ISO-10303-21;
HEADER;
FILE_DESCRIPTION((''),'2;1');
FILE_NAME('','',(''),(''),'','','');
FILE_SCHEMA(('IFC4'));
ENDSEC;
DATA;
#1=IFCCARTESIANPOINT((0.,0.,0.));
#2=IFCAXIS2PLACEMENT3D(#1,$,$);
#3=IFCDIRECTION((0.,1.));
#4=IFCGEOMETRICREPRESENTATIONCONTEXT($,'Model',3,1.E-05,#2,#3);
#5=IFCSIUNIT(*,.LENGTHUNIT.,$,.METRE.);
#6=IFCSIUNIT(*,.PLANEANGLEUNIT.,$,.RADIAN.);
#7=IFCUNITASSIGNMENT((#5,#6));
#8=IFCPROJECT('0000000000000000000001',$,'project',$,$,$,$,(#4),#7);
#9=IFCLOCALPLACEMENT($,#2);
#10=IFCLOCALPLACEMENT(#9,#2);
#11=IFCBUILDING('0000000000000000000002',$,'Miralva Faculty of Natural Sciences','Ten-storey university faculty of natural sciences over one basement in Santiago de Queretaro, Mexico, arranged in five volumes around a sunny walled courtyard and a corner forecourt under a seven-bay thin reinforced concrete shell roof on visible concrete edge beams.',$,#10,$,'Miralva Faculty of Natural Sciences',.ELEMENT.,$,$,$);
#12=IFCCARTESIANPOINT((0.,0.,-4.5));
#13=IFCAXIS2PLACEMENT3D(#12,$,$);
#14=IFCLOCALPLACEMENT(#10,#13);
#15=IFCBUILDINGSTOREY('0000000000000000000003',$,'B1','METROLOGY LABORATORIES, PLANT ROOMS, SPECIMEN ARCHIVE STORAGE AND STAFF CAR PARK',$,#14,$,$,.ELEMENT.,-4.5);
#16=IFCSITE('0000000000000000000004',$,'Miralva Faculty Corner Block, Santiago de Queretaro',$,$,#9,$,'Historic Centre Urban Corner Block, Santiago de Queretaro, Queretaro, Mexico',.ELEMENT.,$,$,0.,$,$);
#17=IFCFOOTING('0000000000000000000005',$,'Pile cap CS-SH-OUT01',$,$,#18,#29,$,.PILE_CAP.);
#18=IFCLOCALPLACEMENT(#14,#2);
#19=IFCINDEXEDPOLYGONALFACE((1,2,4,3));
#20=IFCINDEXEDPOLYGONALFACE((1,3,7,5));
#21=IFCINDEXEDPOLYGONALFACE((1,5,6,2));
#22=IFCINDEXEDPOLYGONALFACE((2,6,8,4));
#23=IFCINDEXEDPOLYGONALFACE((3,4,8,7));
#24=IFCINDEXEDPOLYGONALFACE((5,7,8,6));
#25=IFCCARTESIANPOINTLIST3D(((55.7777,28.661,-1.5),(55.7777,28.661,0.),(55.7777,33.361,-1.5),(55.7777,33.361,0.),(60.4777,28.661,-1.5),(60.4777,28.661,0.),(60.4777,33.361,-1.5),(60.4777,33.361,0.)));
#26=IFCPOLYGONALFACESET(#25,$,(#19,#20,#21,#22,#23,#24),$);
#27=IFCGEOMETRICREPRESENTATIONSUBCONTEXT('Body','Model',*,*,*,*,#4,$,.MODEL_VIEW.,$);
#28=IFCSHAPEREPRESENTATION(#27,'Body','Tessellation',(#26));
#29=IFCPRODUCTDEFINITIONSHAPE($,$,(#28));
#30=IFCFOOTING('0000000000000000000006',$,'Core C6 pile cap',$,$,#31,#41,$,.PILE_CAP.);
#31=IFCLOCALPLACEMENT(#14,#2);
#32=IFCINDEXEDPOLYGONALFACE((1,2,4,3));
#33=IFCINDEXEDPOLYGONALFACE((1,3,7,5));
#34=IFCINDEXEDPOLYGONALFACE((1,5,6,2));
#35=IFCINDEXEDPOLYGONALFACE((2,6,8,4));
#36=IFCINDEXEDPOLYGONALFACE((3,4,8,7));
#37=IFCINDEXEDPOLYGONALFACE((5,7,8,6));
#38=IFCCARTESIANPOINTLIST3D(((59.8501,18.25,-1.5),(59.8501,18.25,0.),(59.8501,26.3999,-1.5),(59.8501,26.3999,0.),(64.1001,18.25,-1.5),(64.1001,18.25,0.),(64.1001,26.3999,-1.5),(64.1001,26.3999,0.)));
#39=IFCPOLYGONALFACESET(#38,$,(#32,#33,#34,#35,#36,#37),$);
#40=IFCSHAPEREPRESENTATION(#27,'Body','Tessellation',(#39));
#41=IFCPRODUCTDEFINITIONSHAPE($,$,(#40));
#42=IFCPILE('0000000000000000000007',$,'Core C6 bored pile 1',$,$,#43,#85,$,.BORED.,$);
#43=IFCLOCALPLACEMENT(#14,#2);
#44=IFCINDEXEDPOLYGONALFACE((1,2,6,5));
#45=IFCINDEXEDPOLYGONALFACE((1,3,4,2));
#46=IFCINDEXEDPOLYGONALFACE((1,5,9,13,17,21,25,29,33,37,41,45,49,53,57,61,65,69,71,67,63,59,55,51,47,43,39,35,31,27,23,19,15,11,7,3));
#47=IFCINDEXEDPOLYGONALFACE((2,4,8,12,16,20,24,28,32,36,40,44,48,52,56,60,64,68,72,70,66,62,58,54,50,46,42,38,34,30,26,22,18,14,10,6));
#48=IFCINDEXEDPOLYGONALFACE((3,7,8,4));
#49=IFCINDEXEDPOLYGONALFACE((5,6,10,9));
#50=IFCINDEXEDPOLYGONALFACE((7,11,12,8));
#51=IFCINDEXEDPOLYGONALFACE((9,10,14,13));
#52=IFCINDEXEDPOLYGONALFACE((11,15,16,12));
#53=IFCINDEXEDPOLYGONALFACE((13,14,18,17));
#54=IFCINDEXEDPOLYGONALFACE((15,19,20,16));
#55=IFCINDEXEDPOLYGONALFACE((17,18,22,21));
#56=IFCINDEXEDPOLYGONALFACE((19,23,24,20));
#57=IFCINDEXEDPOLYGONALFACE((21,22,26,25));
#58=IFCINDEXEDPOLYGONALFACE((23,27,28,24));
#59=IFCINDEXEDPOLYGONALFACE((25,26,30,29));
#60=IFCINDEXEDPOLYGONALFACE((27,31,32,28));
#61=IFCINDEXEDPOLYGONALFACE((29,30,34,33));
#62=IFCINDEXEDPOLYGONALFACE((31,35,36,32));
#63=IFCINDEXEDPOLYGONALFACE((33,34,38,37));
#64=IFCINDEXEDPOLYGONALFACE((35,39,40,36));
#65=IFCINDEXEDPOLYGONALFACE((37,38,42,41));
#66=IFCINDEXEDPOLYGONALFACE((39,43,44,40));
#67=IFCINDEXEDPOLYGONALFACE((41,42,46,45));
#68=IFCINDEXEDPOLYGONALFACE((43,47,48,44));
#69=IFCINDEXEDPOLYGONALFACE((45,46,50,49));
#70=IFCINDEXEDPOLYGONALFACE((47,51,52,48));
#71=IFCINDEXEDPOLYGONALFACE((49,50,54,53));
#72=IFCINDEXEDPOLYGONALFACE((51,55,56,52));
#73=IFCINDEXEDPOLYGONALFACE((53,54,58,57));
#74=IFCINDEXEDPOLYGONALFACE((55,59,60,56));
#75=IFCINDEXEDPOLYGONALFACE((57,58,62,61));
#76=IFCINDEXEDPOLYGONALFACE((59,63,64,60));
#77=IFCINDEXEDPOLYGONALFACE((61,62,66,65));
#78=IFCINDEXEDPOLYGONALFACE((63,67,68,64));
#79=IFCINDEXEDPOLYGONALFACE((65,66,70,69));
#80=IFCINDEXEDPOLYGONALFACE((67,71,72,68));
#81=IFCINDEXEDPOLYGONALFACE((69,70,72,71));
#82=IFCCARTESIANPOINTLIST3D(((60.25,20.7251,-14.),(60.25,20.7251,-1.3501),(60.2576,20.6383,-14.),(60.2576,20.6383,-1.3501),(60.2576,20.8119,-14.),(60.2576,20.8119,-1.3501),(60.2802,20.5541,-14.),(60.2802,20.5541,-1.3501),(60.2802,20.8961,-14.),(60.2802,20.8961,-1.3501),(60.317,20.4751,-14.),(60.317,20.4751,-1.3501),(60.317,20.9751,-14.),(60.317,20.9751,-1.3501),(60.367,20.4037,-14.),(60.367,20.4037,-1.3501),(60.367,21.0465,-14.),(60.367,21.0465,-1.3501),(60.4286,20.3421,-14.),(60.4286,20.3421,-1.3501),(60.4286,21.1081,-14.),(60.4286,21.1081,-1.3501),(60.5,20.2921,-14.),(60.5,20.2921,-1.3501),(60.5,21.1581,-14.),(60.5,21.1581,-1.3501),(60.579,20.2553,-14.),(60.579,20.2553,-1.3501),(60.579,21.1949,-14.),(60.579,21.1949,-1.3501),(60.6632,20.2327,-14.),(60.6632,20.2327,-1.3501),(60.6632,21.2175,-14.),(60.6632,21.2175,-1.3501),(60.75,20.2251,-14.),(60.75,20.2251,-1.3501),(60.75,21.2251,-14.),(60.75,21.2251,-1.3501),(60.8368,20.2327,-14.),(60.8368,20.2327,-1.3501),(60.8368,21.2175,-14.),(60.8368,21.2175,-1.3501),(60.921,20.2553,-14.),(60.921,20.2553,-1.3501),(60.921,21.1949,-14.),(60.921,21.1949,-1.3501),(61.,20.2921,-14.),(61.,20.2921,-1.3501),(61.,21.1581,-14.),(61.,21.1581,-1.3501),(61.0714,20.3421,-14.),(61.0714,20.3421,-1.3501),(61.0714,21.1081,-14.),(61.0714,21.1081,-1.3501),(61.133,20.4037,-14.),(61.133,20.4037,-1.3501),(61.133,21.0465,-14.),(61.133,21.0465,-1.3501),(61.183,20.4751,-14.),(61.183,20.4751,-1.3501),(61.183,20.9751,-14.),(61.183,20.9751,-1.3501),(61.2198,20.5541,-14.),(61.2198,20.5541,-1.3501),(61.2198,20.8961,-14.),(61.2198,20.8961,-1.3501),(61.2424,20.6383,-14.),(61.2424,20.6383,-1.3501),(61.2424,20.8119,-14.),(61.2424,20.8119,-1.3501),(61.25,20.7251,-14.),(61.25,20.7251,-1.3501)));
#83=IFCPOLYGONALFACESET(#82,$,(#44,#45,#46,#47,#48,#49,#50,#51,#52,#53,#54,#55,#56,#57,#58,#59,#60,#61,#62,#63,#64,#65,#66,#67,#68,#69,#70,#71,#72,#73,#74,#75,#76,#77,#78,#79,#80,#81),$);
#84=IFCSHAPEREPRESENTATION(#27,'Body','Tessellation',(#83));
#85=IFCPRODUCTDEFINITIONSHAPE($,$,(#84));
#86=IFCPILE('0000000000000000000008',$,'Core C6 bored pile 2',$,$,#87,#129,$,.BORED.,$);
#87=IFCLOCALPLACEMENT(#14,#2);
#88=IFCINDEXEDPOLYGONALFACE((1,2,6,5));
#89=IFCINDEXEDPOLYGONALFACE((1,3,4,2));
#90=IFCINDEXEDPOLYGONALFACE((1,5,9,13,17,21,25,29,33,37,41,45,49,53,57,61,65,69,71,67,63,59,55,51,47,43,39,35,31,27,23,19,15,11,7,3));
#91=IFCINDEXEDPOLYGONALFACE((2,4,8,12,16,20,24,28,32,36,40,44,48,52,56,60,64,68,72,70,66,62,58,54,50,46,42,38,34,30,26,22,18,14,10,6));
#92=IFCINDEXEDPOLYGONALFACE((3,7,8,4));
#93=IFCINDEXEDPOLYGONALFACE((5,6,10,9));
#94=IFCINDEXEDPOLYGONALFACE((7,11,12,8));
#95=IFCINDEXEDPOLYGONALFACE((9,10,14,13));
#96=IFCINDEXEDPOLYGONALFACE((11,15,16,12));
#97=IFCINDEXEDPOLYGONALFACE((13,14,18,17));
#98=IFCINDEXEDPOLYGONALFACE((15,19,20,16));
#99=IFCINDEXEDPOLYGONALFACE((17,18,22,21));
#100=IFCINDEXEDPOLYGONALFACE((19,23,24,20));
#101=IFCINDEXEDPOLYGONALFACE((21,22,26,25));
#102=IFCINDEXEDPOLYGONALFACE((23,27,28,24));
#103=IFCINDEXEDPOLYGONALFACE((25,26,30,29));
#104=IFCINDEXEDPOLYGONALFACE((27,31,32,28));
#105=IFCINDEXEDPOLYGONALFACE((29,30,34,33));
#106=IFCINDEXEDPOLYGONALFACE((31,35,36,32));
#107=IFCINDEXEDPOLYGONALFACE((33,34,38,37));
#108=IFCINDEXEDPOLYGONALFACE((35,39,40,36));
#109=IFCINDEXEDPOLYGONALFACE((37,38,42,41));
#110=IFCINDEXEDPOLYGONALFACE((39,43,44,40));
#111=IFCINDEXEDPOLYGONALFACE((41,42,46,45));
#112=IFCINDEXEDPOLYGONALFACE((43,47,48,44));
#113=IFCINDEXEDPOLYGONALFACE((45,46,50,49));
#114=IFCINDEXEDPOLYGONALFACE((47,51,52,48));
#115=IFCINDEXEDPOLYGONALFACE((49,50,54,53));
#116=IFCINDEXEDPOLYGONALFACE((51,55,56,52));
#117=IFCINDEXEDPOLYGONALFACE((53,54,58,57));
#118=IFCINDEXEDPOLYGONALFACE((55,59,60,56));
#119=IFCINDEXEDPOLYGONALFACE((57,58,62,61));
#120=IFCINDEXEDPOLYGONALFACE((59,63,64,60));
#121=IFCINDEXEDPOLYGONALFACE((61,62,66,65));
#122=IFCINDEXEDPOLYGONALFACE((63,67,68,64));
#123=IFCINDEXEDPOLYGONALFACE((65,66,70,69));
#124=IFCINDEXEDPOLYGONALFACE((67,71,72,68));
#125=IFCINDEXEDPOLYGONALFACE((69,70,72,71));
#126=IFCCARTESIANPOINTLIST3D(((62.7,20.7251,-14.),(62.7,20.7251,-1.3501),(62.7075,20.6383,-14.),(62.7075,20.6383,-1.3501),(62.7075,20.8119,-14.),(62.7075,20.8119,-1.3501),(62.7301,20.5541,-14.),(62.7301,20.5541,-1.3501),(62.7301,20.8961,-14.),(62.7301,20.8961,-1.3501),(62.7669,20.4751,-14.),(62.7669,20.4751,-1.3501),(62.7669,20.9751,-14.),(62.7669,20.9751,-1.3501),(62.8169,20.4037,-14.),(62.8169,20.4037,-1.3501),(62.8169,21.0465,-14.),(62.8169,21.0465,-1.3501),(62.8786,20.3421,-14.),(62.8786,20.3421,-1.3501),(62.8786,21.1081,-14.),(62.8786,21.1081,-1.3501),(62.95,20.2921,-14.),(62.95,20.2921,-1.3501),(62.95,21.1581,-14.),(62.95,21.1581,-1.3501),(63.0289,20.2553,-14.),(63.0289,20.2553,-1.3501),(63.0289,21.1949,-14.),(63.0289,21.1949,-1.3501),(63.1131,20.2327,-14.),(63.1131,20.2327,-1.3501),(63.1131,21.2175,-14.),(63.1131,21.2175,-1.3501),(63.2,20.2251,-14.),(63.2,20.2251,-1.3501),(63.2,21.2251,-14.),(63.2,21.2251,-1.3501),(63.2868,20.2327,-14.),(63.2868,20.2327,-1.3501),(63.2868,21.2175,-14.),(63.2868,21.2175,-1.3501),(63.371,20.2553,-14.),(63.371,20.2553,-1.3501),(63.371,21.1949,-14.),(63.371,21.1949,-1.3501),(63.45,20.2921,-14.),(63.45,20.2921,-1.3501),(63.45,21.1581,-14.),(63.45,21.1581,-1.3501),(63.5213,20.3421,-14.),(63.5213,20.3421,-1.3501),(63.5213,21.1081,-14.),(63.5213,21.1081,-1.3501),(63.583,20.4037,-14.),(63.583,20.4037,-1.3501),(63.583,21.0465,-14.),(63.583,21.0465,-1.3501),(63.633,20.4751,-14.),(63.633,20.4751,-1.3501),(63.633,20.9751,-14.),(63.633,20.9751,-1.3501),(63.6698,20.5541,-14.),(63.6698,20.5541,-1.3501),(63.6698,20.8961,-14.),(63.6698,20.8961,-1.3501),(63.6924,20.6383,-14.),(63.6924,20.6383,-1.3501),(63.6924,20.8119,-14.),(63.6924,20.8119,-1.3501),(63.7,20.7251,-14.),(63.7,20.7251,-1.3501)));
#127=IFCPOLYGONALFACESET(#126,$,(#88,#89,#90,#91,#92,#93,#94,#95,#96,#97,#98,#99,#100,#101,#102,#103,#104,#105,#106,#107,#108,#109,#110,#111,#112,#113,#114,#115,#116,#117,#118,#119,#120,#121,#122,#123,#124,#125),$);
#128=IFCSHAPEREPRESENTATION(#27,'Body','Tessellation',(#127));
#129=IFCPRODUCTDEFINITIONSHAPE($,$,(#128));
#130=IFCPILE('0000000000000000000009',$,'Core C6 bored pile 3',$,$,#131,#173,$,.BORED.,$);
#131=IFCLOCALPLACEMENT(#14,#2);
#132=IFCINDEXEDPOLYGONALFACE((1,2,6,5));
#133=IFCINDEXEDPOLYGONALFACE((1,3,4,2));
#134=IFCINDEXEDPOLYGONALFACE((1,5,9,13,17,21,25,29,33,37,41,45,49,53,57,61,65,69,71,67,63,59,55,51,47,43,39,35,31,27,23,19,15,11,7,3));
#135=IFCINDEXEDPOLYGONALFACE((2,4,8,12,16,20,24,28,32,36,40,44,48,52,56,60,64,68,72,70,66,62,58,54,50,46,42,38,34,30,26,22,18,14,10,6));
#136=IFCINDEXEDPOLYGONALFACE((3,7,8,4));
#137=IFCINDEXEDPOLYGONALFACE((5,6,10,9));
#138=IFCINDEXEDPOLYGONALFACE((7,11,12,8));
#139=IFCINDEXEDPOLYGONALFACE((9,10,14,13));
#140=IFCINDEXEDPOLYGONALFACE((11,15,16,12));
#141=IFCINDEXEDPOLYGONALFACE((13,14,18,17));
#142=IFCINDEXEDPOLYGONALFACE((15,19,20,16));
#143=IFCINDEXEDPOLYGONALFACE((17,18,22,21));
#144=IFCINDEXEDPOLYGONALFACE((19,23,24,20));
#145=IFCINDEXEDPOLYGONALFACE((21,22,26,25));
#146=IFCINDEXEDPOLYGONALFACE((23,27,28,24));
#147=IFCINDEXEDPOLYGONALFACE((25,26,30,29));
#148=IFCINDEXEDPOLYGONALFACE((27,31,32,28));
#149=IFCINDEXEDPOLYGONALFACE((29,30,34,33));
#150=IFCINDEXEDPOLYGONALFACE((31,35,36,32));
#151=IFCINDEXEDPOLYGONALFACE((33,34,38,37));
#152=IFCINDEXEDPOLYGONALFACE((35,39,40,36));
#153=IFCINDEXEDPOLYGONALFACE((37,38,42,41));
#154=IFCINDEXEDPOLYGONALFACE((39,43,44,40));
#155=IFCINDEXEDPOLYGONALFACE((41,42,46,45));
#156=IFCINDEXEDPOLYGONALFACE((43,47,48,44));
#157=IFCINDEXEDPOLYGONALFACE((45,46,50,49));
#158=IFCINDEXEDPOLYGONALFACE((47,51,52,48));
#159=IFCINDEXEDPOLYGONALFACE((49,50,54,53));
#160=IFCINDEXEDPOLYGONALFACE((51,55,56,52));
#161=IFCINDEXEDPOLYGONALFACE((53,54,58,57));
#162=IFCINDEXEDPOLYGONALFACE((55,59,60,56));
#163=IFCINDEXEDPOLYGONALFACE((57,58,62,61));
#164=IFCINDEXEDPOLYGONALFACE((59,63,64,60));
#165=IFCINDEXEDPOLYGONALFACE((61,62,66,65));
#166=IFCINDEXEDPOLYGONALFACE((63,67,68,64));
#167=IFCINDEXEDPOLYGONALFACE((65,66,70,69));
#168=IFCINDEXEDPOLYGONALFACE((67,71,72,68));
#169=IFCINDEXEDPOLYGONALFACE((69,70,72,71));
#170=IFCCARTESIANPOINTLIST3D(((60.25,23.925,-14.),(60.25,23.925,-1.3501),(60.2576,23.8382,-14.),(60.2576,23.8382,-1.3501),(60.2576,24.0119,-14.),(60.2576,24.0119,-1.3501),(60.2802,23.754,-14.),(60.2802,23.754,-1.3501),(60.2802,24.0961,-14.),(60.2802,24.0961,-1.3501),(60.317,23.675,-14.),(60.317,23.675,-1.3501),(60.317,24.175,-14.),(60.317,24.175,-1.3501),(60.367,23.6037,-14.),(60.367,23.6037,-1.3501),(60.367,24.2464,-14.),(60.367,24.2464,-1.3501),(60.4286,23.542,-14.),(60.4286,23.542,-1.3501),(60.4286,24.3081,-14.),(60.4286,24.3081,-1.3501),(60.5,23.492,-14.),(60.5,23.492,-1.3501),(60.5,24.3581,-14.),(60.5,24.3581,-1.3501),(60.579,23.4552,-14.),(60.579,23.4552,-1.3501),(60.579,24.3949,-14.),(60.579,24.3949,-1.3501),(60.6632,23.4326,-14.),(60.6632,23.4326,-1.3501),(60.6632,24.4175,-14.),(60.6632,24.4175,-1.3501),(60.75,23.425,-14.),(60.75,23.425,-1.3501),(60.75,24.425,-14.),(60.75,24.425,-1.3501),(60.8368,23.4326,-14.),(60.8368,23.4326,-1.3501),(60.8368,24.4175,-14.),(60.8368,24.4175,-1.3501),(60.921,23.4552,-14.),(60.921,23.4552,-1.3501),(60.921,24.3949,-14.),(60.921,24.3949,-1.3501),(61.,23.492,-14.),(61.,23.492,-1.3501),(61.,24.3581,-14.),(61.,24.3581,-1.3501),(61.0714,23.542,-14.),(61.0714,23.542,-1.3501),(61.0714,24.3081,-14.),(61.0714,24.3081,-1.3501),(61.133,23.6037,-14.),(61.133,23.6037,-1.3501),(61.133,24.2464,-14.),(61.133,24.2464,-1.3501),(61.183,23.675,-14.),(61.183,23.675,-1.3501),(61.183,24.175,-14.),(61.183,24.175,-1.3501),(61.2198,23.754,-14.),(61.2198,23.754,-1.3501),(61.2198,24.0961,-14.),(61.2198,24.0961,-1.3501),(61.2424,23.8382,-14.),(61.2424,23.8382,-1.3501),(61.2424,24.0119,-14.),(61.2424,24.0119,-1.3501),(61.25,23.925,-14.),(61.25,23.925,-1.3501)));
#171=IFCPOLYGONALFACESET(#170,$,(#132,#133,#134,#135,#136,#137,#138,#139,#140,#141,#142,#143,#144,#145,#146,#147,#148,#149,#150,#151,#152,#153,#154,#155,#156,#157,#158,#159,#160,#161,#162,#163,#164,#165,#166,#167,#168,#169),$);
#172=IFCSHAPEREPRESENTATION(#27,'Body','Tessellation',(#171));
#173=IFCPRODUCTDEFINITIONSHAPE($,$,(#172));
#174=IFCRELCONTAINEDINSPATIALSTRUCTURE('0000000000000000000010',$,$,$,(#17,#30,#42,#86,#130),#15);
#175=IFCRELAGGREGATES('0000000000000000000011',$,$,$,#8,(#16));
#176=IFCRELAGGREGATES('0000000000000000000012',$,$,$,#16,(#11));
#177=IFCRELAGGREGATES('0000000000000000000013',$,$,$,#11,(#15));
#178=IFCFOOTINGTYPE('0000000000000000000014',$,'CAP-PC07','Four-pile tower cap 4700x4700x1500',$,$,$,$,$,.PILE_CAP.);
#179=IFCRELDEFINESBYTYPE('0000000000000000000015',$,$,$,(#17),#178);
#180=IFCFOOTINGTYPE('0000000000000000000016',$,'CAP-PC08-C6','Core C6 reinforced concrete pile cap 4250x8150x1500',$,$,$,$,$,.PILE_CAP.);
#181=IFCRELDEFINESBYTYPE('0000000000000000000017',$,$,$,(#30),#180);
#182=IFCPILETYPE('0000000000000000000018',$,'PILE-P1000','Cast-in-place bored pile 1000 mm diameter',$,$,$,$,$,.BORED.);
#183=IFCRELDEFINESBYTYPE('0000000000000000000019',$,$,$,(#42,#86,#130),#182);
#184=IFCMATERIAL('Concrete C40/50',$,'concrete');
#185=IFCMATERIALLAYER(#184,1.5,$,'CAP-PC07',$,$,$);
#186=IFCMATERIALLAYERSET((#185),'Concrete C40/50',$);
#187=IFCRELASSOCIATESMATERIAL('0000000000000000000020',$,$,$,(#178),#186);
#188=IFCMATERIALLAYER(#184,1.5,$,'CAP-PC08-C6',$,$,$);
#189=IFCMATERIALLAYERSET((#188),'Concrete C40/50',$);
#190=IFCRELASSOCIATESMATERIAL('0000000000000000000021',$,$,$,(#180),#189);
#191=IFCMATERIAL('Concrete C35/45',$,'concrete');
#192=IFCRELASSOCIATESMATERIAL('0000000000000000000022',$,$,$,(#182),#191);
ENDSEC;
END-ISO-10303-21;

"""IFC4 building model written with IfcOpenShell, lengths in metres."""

from ifc_helpers import new_model, si_unit, direction, frame, origin, origin_2d, place, context, subcontext, project, spatial, rectangle, circle, extrude, material, layer, layer_set, material_profile, profile_set, type_object, element, save


model = new_model("IFC4")

# Units and contexts
model_context = context("Model", 3, precision=1e-05, world=origin(), true_north=direction((0.0, 1.0)))
body_context = subcontext(model_context, "Body", "Model", "MODEL_VIEW")
ifc_project = project(units=[si_unit("LENGTHUNIT", "METRE"), si_unit("PLANEANGLEUNIT", "RADIAN")], contexts=[model_context])

# Site, building, storey
site_placement = place(None, origin())
site = spatial("IfcSite", under=ifc_project, at=site_placement, Name="Miralva Faculty Corner Block, Santiago de Queretaro", LongName="Historic Centre Urban Corner Block, Santiago de Queretaro, Queretaro, Mexico", CompositionType="ELEMENT", RefElevation=0.0)
building_placement = place(site_placement, origin())
building = spatial("IfcBuilding", under=site, at=building_placement, Name="Miralva Faculty of Natural Sciences", Description="Ten-storey university faculty of natural sciences over one basement in Santiago de Queretaro, Mexico, arranged in five volumes around a sunny walled courtyard and a corner forecourt under a seven-bay thin reinforced concrete shell roof on visible concrete edge beams.", LongName="Miralva Faculty of Natural Sciences", CompositionType="ELEMENT")
storey_placement = place(building_placement, frame((0.0, 0.0, -4.5)))
storey = spatial("IfcBuildingStorey", under=building, at=storey_placement, Name="B1", Description="METROLOGY LABORATORIES, PLANT ROOMS, SPECIMEN ARCHIVE STORAGE AND STAFF CAR PARK", CompositionType="ELEMENT", Elevation=-4.5)

# Footings
ifc_material_1 = material(Name="Concrete C40/50", Category="concrete")
ifc_layer_1 = layer(ifc_material_1, 1.5, Name="CAP-PC07")
ifc_layer_set_1 = layer_set([ifc_layer_1], Name="Concrete C40/50")
footing_type_1 = type_object("IfcFootingType", Name="CAP-PC07", Description="Four-pile tower cap 4700x4700x1500", PredefinedType="PILE_CAP", material=ifc_layer_set_1)
footing_1_placement = place(storey_placement, frame((58.1277, 31.011, -1.5), z_axis=(0.0, 0.0, 1.0), x_axis=(1.0, 0.0, 0.0)))
element("IfcFooting", 1, at=footing_1_placement, inside=storey, type_object=footing_type_1, Name="Pile cap CS-SH-OUT01", PredefinedType="PILE_CAP", context=body_context, shape_type="SweptSolid", body=[
    extrude(rectangle(XDim=4.7, YDim=4.7, at=origin_2d()), origin(), (0.0, 0.0, 1.0), 1.5),
])
ifc_layer_2 = layer(ifc_material_1, 1.5, Name="CAP-PC08-C6")
ifc_layer_set_2 = layer_set([ifc_layer_2], Name="Concrete C40/50")
footing_type_2 = type_object("IfcFootingType", Name="CAP-PC08-C6", Description="Core C6 reinforced concrete pile cap 4250x8150x1500", PredefinedType="PILE_CAP", material=ifc_layer_set_2)
footing_2_placement = place(storey_placement, frame((61.9751, 22.325, -1.5), z_axis=(0.0, 0.0, 1.0), x_axis=(1.0, 0.0, 0.0)))
element("IfcFooting", 2, at=footing_2_placement, inside=storey, type_object=footing_type_2, Name="Core C6 pile cap", PredefinedType="PILE_CAP", context=body_context, shape_type="SweptSolid", body=[
    extrude(rectangle(XDim=4.25, YDim=8.1499, at=origin_2d()), origin(), (0.0, 0.0, 1.0), 1.5),
])

# Piles
ifc_material_2 = material(Name="Concrete C35/45", Category="concrete")
ifc_material_profile_1 = material_profile(ifc_material_2, circle(Radius=0.5, at=origin_2d()), Name="BORED PILE 1000")
ifc_profile_set_1 = profile_set([ifc_material_profile_1], Name="Concrete C35/45")
pile_type = type_object("IfcPileType", Name="PILE-P1000", Description="Cast-in-place bored pile 1000 mm diameter", PredefinedType="BORED", material=ifc_profile_set_1)
for number, where, z_axis, x_axis, name in (
    (3, (60.75, 20.7251, -1.3501), (0.0, 0.0, -1.0), (1.0, 0.0, 0.0), "Core C6 bored pile 1"),
    (4, (63.2, 20.7251, -1.3501), (0.0, 0.0, -1.0), (1.0, 0.0, 0.0), "Core C6 bored pile 2"),
    (5, (60.75, 23.925, -1.3501), (0.0, 0.0, -1.0), (1.0, 0.0, 0.0), "Core C6 bored pile 3"),
):
    element("IfcPile", number, at=place(storey_placement, frame(where, z_axis=z_axis, x_axis=x_axis)), inside=storey, type_object=pile_type, Name=name, PredefinedType="BORED", context=body_context, shape_type="SweptSolid", body=[
        extrude(circle(Radius=0.5, at=origin_2d()), origin(), (0.0, 0.0, 1.0), 12.6499),
    ])

save(model, "model.ifc")
